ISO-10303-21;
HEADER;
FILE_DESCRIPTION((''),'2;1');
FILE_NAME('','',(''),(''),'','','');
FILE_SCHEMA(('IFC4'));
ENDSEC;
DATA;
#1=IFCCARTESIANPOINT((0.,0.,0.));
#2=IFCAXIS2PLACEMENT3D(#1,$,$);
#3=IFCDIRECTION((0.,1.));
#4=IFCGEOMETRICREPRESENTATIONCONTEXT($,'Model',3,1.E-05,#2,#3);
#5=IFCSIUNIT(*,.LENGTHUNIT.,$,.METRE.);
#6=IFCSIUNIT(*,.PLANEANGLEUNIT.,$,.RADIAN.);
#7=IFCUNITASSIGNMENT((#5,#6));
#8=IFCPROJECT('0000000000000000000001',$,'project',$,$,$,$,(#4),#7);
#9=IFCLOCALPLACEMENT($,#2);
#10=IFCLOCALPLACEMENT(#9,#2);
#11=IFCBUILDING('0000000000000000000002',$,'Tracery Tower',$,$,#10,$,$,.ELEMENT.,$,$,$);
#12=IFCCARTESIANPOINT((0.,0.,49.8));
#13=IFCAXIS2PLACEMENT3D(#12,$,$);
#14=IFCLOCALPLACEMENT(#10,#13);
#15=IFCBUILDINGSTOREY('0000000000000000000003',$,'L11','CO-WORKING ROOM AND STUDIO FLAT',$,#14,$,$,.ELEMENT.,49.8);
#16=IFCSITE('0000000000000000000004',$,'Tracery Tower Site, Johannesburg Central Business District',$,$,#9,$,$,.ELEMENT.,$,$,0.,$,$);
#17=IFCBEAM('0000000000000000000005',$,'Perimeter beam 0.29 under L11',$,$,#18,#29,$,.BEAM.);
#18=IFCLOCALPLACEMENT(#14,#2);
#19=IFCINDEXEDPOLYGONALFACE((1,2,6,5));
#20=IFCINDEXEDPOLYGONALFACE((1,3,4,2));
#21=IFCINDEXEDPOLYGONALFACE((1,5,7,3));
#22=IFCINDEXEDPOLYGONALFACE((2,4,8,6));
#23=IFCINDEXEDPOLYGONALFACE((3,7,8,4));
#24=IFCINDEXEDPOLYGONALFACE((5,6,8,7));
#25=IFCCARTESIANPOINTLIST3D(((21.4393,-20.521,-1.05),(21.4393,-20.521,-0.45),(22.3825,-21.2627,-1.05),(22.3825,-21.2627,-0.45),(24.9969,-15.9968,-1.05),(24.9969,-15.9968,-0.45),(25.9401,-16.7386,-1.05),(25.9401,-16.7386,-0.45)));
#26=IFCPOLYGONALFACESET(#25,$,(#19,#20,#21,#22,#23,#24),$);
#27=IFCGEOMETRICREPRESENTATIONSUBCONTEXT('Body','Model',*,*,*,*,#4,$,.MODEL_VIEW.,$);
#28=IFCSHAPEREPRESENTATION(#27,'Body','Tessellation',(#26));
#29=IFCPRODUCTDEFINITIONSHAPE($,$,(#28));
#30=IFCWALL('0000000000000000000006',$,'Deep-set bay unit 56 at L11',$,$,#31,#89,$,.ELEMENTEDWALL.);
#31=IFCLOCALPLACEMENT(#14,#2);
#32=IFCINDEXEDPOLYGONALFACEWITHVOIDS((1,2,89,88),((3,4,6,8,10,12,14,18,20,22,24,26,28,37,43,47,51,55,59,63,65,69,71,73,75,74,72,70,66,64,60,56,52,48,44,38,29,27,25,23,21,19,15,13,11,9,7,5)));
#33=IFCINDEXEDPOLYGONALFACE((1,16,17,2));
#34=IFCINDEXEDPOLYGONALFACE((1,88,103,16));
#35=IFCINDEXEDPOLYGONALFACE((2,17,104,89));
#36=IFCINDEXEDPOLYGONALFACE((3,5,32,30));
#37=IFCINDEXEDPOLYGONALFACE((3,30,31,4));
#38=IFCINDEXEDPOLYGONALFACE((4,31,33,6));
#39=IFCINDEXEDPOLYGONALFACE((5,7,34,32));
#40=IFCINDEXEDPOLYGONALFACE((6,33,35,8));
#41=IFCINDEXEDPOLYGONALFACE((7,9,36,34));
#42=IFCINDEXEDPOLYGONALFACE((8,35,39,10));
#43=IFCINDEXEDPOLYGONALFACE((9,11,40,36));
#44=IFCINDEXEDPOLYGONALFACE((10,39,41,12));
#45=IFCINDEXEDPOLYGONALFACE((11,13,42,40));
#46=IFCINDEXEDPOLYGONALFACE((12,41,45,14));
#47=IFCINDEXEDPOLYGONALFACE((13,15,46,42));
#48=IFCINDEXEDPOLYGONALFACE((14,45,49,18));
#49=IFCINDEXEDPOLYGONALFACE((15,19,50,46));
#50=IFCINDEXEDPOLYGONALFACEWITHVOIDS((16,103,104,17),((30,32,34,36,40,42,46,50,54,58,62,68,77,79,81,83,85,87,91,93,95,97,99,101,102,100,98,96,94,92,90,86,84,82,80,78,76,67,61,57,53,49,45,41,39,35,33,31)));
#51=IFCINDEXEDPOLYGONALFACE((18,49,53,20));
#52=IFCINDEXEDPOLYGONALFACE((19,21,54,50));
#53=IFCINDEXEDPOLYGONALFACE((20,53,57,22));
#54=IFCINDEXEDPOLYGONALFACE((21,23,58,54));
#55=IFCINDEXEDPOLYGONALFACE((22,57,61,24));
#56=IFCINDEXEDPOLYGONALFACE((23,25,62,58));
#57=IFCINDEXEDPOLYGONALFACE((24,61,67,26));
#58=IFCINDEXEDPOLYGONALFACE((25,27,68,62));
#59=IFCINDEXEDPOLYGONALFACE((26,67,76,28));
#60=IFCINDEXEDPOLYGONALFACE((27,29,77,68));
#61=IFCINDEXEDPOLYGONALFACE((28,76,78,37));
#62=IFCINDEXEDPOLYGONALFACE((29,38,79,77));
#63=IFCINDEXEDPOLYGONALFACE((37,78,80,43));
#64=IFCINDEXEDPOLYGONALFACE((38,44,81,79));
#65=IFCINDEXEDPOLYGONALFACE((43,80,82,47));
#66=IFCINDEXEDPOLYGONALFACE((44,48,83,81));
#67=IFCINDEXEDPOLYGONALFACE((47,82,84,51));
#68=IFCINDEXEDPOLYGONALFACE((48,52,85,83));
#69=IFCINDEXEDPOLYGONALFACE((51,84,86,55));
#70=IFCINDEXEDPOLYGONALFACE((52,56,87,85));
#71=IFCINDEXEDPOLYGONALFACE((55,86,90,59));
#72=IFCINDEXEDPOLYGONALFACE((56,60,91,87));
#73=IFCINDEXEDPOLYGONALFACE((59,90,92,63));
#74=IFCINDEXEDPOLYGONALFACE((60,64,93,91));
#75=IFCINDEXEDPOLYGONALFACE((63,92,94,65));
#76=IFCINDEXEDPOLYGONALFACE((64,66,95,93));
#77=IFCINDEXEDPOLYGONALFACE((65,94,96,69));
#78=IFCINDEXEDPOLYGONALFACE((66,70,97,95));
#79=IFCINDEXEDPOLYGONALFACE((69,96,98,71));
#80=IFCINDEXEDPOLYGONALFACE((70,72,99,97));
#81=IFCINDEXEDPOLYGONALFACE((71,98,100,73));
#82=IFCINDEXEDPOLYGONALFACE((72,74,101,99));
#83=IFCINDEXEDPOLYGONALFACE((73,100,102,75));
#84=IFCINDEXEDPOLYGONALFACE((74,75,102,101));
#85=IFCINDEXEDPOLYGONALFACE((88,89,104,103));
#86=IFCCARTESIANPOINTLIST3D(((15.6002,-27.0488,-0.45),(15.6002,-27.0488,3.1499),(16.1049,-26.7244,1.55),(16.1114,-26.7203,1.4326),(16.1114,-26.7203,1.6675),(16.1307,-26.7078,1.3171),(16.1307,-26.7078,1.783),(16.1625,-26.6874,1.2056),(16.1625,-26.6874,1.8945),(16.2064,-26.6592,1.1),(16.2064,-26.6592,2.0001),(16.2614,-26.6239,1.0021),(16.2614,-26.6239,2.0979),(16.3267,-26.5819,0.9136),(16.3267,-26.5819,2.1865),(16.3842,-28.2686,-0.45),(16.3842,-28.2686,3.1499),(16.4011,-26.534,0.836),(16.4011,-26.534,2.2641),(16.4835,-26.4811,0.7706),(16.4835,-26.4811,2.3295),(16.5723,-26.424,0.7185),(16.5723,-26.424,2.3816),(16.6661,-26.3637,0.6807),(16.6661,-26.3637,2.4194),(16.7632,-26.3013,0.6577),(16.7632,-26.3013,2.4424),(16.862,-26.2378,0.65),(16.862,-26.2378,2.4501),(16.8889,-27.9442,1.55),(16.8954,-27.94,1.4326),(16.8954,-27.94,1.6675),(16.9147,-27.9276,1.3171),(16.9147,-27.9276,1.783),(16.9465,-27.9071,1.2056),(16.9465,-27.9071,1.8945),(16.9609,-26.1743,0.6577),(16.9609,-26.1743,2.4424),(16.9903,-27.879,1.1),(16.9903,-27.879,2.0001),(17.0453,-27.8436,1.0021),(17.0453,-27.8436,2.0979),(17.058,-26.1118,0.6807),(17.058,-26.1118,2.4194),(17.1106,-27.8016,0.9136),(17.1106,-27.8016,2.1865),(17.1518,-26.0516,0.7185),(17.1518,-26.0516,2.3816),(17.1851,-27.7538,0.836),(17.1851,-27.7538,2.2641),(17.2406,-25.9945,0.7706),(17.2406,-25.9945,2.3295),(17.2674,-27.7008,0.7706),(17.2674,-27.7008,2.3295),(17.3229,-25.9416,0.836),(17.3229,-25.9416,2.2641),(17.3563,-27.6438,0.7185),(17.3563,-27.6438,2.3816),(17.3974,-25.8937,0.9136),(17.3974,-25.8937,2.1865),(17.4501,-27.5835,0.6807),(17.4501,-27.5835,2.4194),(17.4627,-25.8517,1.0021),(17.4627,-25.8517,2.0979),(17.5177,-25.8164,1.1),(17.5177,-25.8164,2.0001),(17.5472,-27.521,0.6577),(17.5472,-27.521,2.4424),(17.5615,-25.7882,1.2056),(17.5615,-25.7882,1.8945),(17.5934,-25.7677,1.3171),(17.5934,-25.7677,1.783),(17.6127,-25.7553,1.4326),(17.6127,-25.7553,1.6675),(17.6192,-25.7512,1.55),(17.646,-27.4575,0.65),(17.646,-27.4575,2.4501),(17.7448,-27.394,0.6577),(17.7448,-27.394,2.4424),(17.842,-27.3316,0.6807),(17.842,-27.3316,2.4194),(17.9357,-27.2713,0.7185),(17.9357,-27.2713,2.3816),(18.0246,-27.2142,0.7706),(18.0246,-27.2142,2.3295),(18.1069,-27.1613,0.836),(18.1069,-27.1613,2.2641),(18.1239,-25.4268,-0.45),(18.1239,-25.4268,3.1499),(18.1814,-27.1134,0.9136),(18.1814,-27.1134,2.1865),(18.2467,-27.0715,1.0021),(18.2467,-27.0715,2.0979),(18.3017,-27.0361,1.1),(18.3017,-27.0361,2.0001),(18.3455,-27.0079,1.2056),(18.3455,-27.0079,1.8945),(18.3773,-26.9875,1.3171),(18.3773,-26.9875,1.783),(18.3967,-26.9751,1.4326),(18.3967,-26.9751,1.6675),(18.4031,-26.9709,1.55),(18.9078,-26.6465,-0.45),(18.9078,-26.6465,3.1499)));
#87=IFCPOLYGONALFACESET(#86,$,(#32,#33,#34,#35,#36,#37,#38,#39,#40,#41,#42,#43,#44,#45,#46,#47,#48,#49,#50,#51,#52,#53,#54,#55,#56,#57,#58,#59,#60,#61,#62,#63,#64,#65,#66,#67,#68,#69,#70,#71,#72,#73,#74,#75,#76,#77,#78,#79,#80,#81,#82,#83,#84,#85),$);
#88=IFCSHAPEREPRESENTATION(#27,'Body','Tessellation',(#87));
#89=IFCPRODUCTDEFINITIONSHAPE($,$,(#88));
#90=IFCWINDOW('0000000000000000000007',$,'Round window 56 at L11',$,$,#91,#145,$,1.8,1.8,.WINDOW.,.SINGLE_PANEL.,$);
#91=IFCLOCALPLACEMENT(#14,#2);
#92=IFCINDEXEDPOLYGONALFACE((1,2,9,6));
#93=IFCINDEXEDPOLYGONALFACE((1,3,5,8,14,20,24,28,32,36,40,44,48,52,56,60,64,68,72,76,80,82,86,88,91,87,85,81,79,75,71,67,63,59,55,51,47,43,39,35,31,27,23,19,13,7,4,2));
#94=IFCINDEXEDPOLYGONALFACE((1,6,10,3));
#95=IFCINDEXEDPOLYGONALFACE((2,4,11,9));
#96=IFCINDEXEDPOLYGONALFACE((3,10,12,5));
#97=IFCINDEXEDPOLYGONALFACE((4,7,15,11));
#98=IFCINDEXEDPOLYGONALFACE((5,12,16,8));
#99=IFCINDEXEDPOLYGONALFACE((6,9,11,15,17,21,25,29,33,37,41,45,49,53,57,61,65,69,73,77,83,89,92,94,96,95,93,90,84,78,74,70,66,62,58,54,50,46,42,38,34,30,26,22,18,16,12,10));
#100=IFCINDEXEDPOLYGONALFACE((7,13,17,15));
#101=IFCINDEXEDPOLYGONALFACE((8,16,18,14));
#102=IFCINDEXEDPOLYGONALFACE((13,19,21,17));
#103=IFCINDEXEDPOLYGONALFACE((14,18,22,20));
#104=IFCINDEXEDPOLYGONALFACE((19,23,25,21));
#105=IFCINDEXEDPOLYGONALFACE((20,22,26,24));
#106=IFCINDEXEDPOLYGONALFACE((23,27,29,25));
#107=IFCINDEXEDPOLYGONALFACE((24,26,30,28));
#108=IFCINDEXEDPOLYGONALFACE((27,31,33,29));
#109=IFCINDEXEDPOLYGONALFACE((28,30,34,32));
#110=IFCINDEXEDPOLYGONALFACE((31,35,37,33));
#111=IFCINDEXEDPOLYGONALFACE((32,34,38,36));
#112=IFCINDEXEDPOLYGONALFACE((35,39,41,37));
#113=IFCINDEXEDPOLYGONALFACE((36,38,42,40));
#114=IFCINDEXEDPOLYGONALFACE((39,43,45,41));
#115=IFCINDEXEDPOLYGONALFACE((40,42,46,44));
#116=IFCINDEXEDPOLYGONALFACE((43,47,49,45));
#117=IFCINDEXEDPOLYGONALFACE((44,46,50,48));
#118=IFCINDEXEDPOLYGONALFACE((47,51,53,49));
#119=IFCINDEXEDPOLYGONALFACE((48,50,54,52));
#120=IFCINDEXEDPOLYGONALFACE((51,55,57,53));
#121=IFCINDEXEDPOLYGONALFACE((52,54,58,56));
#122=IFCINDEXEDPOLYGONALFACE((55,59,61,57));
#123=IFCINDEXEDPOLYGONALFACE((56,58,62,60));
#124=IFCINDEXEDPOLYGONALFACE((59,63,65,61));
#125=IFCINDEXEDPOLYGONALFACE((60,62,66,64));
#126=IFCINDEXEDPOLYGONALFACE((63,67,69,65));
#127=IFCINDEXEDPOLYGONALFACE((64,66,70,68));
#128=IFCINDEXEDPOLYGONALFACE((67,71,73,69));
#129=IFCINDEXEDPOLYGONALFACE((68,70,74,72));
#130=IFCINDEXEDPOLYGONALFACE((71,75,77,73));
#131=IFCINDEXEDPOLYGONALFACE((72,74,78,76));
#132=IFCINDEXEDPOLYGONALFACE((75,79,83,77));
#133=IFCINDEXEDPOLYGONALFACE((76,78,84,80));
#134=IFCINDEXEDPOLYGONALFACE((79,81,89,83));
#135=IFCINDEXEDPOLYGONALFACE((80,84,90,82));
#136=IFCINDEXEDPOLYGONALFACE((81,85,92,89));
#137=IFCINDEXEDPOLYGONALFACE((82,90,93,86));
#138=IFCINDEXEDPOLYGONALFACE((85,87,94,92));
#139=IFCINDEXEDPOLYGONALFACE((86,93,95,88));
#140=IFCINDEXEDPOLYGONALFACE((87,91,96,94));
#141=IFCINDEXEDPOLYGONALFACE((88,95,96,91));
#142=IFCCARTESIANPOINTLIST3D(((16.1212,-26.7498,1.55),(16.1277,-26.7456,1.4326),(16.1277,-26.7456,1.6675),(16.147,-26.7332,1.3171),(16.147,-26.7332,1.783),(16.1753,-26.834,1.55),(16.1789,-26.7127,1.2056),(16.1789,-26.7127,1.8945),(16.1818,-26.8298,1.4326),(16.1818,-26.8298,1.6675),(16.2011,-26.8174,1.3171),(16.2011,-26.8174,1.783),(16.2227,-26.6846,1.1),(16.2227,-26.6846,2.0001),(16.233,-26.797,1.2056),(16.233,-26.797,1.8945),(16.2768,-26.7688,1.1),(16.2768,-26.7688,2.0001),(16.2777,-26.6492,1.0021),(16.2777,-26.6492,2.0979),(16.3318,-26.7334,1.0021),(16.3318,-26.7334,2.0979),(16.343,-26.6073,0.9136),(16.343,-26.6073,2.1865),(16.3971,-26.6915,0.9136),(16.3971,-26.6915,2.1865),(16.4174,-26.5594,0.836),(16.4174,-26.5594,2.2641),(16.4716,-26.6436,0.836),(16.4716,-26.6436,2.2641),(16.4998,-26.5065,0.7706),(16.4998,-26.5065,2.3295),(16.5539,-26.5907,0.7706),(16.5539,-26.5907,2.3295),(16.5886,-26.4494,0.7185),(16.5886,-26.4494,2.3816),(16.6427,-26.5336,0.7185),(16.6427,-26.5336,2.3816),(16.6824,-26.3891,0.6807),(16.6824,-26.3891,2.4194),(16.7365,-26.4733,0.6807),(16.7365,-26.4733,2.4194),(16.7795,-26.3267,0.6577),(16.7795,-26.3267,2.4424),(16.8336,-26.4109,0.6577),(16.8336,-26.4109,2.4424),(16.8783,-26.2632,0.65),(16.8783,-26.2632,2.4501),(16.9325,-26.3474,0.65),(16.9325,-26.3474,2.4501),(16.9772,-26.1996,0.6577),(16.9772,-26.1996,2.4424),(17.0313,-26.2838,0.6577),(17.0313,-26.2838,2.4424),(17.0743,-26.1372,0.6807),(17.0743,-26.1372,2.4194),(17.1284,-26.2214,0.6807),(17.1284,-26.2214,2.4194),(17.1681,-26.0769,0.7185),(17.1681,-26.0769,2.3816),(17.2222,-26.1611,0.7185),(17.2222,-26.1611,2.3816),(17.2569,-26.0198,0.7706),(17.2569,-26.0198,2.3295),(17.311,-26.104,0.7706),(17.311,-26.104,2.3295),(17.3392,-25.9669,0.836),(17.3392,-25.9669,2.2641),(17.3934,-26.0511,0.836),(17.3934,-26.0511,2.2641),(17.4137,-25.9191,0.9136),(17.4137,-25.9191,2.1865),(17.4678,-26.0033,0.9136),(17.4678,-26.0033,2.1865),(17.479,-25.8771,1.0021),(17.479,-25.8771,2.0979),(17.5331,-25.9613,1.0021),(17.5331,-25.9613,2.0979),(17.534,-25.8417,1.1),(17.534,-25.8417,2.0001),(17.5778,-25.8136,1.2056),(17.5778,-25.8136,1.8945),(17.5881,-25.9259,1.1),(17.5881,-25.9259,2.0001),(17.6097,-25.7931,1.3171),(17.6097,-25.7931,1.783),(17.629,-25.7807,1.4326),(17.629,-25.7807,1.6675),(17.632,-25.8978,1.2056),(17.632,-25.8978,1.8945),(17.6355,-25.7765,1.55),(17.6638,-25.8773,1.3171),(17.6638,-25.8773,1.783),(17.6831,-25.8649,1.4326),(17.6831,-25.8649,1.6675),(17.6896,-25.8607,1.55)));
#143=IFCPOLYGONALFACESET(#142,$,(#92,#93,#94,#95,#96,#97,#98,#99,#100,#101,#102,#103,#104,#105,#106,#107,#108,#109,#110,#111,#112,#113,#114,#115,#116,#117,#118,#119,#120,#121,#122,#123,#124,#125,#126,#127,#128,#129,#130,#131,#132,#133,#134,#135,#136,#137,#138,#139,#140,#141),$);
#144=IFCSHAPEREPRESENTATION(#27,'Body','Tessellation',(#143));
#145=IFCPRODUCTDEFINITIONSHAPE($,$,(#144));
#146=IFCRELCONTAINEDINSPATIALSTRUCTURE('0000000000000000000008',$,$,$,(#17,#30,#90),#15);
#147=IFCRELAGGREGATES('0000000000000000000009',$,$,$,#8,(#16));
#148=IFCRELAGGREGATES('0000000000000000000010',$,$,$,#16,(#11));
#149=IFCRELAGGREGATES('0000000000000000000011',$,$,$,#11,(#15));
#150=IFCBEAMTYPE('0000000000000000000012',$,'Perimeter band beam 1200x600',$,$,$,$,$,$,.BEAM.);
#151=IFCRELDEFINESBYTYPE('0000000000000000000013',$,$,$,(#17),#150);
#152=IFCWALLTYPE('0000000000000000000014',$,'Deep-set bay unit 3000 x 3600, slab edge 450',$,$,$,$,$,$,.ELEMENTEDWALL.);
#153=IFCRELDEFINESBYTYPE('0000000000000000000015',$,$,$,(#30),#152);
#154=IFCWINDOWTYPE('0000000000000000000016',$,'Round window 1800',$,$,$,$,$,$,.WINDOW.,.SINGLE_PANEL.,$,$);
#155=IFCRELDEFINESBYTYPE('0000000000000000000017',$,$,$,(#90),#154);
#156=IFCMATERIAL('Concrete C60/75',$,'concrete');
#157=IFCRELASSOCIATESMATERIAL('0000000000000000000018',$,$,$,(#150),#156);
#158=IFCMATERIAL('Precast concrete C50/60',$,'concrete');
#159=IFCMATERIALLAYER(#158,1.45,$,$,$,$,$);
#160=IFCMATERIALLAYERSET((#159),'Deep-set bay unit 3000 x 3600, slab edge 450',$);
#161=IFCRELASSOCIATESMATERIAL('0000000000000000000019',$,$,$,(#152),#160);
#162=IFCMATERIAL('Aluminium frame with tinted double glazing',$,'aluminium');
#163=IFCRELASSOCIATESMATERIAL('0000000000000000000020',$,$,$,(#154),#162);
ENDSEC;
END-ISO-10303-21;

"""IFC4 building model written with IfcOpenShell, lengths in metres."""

from ifc_helpers import new_model, si_unit, direction, frame, frame_2d, origin, origin_2d, place, context, subcontext, project, spatial, rectangle, circle, extrude, material, layer, layer_set, material_profile, profile_set, type_object, element, fill, save


model = new_model("IFC4")

# Units and contexts
model_context = context("Model", 3, precision=1e-05, world=origin(), true_north=direction((0.0, 1.0)))
body_context = subcontext(model_context, "Body", "Model", "MODEL_VIEW")
ifc_project = project(units=[si_unit("LENGTHUNIT", "METRE"), si_unit("PLANEANGLEUNIT", "RADIAN")], contexts=[model_context])

# Site, building, storey
site_placement = place(None, origin())
site = spatial("IfcSite", under=ifc_project, at=site_placement, Name="Tracery Tower Site, Johannesburg Central Business District", CompositionType="ELEMENT", RefElevation=0.0)
building_placement = place(site_placement, origin())
building = spatial("IfcBuilding", under=site, at=building_placement, Name="Tracery Tower", CompositionType="ELEMENT")
storey_placement = place(building_placement, frame((0.0, 0.0, 49.8)))
storey = spatial("IfcBuildingStorey", under=building, at=storey_placement, Name="L11", Description="CO-WORKING ROOM AND STUDIO FLAT", CompositionType="ELEMENT", Elevation=49.8)

# Beam
ifc_material_1 = material(Name="Concrete C60/75", Category="concrete")
ifc_material_profile_1 = material_profile(ifc_material_1, rectangle(XDim=1.2, YDim=0.6001, at=origin_2d()), Name="RC 1200x600")
ifc_profile_set_1 = profile_set([ifc_material_profile_1], Name="Concrete C60/75")
beam_type = type_object("IfcBeamType", Name="Perimeter band beam 1200x600", PredefinedType="BEAM", material=ifc_profile_set_1)
beam_1_placement = place(storey_placement, frame((21.9109, -20.8918, -0.75), z_axis=(0.618134, 0.786072, 0.0), x_axis=(-0.786072, 0.618134, 0.0)))
element("IfcBeam", 1, at=beam_1_placement, inside=storey, type_object=beam_type, Name="Perimeter beam 0.29 under L11", PredefinedType="BEAM", context=body_context, shape_type="SweptSolid", body=[
    extrude(rectangle(XDim=1.2, YDim=0.6001, at=origin_2d()), origin(), (0.0, 0.0, 1.0), 5.7554),
])

# Wall, opening, window
ifc_material_2 = material(Name="Precast concrete C50/60", Category="concrete")
ifc_layer_1 = layer(ifc_material_2, 1.45)
ifc_layer_set_1 = layer_set([ifc_layer_1], Name="Deep-set bay unit 3000 x 3600, slab edge 450")
wall_type_1 = type_object("IfcWallType", Name="Deep-set bay unit 3000 x 3600, slab edge 450", PredefinedType="ELEMENTEDWALL", material=ifc_layer_set_1)
wall_1_placement = place(storey_placement, frame((15.9922, -27.6587, -0.45), z_axis=(0.0, 0.0, 1.0), x_axis=(0.841223, 0.540688, 0.0)))
wall_1 = element("IfcWall", 2, at=wall_1_placement, inside=storey, type_object=wall_type_1, Name="Deep-set bay unit 56 at L11", PredefinedType="ELEMENTEDWALL", context=body_context, shape_type="SweptSolid", body=[
    extrude(rectangle(XDim=3.0, YDim=1.45, at=frame_2d((1.5, 0.0))), origin(), (0.0, 0.0, 1.0), 3.5999),
])
opening_1_placement = place(wall_1_placement, frame((1.5, 0.0, 2.0)))
opening_1 = element("IfcOpeningElement", 3, at=opening_1_placement, cuts=wall_1, PredefinedType="OPENING", context=body_context, shape_type="SweptSolid", body=[
    extrude(circle(Radius=0.9, at=origin_2d()), frame((0.0, 0.7349, 0.0), z_axis=(0.0, -1.0, 0.0), x_axis=(1.0, 0.0, 0.0)), (0.0, 0.0, 1.0), 1.47),
])
ifc_material_3 = material(Name="Aluminium frame with tinted double glazing", Category="aluminium")
window_type = type_object("IfcWindowType", Name="Round window 1800", PartitioningType="SINGLE_PANEL", PredefinedType="WINDOW", material=ifc_material_3)
window_1_placement = place(opening_1_placement, origin())
window_1 = element("IfcWindow", 4, at=window_1_placement, inside=storey, type_object=window_type, Name="Round window 56 at L11", OverallHeight=1.8, OverallWidth=1.8, PartitioningType="SINGLE_PANEL", PredefinedType="WINDOW", context=body_context, shape_type="SweptSolid", body=[
    extrude(circle(Radius=0.9, at=origin_2d()), frame((0.0, 0.6948, 0.0), z_axis=(0.0, -1.0, 0.0), x_axis=(1.0, 0.0, 0.0)), (0.0, 0.0, 1.0), 0.1001),
])
fill(opening_1, window_1)

save(model, "model.ifc")
